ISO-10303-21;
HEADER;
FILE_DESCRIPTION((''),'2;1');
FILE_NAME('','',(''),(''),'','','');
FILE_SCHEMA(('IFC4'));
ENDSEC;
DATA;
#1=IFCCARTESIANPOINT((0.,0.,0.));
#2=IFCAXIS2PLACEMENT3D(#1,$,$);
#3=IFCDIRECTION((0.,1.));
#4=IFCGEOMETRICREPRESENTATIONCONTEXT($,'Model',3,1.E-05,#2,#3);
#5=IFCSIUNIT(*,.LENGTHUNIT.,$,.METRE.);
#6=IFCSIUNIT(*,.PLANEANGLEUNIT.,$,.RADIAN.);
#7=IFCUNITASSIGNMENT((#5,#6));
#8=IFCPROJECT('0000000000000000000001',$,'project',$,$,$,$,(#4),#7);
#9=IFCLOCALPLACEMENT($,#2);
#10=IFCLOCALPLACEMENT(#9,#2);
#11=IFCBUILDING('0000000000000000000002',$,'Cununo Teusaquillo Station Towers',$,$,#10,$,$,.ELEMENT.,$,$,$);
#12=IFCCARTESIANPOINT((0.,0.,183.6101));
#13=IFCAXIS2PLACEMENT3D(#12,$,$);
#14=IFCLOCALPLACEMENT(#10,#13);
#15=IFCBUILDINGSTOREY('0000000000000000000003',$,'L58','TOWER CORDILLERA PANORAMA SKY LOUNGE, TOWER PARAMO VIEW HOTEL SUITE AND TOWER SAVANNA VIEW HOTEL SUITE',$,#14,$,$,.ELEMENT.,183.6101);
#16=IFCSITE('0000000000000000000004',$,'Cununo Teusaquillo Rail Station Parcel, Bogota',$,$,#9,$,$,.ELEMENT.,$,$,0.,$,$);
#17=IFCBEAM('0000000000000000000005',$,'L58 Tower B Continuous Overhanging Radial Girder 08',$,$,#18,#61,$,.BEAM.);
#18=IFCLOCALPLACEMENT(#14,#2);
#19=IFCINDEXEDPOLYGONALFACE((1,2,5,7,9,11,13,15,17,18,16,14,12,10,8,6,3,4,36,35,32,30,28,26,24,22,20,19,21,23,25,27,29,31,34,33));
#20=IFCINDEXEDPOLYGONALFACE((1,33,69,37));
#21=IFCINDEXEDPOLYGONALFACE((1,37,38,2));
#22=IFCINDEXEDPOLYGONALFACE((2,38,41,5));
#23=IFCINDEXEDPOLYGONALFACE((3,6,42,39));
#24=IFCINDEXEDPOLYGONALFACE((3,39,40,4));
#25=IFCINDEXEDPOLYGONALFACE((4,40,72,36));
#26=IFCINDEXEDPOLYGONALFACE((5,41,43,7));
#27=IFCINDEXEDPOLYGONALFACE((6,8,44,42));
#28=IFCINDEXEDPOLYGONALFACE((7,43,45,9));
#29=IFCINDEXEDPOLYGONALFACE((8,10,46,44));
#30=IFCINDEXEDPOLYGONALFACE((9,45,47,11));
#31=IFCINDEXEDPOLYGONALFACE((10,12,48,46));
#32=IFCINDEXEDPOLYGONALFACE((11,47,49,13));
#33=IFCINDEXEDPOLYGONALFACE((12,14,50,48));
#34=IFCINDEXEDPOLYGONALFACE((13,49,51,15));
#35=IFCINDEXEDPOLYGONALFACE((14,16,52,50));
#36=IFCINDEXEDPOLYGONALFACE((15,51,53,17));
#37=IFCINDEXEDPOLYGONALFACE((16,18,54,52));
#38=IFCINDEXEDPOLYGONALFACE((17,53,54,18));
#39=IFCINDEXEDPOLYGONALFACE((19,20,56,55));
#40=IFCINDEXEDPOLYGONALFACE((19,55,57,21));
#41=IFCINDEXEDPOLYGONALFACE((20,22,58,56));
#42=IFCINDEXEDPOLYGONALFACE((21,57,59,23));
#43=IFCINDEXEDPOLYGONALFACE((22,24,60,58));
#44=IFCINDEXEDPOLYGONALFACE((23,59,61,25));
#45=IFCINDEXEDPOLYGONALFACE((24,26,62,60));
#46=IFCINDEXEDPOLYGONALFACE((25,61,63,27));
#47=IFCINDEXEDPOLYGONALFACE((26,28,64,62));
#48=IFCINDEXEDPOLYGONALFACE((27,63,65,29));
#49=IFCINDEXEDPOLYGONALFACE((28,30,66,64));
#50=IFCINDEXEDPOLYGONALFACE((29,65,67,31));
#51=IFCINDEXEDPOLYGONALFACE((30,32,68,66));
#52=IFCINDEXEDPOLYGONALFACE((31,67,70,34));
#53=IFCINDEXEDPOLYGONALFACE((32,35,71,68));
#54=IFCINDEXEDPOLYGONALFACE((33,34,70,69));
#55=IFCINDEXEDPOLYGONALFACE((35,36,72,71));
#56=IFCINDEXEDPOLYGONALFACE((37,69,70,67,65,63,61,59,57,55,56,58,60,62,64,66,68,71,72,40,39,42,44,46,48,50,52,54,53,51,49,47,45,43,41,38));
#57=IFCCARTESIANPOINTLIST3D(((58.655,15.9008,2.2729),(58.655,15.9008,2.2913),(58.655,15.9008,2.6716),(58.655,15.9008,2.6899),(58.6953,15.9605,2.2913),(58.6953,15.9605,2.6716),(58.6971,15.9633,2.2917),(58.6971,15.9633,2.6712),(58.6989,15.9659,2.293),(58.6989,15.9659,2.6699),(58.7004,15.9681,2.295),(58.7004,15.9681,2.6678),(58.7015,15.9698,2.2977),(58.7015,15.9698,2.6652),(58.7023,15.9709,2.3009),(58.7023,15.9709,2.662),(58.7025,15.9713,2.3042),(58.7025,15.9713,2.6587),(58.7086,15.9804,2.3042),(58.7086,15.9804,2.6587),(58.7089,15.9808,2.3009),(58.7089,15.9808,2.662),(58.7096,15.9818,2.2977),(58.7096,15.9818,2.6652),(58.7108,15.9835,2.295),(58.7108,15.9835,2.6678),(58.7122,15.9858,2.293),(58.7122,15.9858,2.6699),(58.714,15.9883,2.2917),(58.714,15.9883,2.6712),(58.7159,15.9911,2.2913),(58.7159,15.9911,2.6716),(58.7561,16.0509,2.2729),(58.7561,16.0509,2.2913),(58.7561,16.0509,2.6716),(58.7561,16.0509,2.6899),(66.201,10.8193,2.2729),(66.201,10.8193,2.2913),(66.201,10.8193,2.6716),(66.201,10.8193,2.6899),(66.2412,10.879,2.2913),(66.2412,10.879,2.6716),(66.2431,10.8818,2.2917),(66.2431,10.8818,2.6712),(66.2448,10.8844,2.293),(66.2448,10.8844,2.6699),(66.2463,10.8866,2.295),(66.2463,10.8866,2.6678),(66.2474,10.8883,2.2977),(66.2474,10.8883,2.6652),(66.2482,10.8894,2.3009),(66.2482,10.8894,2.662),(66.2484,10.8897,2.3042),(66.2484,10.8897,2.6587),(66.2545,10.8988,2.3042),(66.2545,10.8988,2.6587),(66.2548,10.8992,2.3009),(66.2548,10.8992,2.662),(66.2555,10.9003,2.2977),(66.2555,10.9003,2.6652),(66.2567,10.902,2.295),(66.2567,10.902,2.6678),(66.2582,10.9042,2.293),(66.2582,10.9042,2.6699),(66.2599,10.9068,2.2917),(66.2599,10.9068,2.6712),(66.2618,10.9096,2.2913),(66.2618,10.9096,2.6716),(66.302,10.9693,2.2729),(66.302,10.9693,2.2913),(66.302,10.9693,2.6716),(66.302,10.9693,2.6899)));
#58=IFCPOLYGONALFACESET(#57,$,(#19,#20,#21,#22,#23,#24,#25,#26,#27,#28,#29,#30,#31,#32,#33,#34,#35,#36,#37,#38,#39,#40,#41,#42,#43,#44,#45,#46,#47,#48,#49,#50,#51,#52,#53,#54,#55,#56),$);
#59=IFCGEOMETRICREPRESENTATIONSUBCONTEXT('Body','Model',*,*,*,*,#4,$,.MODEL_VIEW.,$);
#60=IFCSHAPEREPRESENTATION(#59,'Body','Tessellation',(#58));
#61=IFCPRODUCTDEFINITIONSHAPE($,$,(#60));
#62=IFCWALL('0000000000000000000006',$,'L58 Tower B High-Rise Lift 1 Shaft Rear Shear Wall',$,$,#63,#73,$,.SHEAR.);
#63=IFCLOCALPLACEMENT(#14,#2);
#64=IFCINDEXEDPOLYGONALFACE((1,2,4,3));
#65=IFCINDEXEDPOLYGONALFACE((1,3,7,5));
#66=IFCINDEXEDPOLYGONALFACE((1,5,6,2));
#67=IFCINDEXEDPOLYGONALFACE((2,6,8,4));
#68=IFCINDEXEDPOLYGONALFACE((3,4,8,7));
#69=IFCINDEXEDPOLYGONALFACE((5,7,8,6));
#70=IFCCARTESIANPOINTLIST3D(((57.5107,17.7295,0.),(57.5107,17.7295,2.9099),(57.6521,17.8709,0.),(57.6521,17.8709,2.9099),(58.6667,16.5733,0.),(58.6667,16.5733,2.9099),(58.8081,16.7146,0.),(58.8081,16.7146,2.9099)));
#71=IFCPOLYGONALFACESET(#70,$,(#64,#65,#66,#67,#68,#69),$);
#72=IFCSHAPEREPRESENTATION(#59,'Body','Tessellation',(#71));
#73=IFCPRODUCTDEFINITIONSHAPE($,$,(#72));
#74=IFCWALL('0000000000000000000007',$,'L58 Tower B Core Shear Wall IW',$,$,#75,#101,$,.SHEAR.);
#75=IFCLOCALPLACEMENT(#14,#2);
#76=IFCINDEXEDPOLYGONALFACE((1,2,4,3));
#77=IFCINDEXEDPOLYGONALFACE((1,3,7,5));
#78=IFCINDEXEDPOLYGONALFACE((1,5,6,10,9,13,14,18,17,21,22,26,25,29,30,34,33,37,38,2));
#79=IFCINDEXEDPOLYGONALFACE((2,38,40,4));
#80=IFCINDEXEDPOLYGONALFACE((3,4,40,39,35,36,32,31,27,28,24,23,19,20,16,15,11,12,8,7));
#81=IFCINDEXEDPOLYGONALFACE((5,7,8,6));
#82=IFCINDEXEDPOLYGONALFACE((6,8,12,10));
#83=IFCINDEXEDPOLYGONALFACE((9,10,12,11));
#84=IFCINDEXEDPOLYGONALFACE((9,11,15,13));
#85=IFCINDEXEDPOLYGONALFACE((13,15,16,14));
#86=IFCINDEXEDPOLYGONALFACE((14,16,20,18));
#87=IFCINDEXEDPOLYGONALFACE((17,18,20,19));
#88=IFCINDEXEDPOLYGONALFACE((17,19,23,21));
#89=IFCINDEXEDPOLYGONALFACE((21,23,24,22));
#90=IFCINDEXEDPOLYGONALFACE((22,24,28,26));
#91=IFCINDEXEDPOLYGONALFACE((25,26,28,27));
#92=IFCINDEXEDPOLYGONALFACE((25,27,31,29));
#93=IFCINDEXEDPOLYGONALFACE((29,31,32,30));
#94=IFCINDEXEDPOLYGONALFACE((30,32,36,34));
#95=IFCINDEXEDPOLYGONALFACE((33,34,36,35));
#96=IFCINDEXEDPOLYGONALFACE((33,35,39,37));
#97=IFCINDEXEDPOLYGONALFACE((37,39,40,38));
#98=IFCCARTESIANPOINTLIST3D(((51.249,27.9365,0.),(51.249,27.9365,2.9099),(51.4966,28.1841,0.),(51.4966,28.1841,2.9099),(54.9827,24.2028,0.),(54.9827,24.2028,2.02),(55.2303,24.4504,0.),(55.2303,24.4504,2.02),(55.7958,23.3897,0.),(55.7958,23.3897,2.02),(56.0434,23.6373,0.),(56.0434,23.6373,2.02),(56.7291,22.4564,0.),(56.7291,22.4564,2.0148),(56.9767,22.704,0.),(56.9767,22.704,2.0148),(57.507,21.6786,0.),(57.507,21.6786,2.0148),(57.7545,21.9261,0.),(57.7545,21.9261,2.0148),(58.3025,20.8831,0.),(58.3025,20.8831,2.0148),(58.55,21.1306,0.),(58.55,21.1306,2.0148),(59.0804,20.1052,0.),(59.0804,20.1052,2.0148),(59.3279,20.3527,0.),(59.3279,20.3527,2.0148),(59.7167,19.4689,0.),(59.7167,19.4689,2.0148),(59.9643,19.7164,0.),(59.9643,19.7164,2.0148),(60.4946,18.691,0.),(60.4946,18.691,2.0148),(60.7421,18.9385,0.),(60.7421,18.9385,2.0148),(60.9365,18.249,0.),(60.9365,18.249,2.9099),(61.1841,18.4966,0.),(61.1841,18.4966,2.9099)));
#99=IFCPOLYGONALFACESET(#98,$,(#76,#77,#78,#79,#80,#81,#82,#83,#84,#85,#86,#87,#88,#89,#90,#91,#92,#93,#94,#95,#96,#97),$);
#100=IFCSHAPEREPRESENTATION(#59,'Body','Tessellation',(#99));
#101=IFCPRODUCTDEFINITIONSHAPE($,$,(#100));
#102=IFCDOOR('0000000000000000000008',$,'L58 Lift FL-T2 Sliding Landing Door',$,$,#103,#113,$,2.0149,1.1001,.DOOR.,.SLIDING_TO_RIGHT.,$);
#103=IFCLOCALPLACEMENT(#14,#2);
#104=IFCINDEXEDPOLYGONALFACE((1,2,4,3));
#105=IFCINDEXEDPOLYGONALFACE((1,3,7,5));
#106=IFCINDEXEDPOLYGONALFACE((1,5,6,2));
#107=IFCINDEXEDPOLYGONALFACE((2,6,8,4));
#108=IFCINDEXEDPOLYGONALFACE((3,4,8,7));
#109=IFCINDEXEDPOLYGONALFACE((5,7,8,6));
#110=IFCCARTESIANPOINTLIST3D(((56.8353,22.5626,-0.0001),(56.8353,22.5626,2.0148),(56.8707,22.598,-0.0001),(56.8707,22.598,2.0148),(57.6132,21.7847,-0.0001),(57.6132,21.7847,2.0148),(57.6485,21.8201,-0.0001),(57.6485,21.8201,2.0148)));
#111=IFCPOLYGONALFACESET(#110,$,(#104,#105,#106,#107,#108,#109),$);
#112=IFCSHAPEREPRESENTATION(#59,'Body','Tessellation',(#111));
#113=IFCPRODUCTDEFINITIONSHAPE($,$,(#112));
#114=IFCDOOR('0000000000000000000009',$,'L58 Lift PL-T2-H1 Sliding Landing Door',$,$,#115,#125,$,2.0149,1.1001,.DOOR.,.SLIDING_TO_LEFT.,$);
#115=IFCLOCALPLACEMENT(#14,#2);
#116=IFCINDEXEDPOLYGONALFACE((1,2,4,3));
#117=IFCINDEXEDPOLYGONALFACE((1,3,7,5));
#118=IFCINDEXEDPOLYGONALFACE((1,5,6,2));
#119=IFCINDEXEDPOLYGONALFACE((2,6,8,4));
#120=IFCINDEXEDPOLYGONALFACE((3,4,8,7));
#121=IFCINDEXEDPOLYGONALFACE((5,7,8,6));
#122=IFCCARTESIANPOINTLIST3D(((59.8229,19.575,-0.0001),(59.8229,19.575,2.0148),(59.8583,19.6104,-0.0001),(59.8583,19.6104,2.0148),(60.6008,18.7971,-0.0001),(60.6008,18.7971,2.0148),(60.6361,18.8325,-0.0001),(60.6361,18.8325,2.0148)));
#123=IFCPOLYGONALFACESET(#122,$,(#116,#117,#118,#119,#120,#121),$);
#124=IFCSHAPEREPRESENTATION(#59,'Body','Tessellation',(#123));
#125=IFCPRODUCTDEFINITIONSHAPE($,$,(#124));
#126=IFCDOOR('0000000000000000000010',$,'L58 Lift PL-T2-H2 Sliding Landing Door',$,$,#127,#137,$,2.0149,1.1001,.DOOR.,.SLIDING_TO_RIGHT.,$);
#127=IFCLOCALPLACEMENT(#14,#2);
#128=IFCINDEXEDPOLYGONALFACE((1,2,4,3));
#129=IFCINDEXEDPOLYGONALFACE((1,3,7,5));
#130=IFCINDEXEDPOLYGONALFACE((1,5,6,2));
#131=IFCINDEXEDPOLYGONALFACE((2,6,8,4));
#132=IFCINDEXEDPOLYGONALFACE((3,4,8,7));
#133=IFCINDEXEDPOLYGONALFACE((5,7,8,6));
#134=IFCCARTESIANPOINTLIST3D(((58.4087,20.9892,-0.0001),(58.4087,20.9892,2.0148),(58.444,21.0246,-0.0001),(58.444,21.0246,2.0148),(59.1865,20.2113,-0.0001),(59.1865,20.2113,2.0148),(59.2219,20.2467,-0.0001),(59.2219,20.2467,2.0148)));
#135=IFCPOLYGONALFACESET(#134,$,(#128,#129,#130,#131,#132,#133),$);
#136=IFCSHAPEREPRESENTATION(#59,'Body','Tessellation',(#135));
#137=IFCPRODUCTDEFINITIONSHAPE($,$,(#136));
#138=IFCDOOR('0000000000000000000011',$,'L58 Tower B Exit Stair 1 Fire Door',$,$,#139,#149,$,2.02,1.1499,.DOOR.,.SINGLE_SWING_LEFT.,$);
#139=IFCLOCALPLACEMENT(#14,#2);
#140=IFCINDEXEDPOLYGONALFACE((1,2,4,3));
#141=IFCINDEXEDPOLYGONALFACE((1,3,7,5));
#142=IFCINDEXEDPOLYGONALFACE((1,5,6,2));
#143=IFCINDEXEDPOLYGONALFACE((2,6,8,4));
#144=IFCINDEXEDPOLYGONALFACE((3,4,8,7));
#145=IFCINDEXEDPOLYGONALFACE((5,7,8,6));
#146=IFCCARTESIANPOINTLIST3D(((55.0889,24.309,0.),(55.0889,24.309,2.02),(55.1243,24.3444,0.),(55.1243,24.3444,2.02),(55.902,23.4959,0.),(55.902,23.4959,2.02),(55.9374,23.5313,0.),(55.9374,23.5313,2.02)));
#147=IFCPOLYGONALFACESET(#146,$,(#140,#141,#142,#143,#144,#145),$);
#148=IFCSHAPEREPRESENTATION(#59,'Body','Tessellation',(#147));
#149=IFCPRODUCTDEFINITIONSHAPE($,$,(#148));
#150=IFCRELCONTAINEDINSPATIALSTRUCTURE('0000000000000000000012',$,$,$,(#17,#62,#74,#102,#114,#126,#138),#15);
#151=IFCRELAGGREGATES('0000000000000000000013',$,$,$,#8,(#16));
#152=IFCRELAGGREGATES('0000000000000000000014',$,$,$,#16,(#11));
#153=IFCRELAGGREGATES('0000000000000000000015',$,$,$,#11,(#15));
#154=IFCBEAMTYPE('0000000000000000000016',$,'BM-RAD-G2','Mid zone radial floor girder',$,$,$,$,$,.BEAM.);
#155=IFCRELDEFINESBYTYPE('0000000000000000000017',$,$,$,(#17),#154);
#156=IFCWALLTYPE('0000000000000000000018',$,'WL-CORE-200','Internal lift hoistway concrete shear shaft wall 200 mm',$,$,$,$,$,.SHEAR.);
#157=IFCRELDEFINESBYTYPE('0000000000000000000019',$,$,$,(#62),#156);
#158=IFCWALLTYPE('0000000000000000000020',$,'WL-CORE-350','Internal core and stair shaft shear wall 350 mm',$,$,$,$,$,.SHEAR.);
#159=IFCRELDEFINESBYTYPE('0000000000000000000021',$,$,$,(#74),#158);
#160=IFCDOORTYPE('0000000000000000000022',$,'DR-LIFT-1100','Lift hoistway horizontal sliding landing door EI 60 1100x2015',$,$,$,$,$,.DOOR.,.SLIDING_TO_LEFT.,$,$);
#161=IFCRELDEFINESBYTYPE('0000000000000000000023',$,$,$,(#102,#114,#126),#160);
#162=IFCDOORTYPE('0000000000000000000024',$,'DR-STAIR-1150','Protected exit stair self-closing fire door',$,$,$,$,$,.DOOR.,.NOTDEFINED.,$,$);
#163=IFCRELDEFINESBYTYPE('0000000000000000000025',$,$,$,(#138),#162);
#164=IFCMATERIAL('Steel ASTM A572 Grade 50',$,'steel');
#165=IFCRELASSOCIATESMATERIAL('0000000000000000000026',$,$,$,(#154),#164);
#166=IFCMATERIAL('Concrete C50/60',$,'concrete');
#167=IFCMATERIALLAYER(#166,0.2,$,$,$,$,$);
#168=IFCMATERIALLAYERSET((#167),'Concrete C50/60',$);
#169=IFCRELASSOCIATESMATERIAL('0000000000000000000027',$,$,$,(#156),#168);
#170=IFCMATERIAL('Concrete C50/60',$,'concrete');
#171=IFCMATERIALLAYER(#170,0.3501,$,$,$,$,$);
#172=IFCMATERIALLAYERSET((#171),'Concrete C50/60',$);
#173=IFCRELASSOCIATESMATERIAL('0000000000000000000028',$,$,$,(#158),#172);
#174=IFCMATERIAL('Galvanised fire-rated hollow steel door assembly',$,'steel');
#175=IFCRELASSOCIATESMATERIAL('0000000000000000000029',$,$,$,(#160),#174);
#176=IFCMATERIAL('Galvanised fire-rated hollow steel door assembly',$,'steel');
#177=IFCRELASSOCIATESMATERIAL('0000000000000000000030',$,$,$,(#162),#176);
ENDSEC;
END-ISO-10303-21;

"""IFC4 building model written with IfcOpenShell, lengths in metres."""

from ifc_helpers import new_model, si_unit, direction, frame, frame_2d, origin, origin_2d, place, context, subcontext, project, spatial, rectangle, i_section, extrude, source, transform, mapped, material, layer, layer_set, material_profile, profile_set, type_object, element, fill, save


model = new_model("IFC4")

# Units and contexts
model_context = context("Model", 3, precision=1e-05, world=origin(), true_north=direction((0.0, 1.0)))
body_context = subcontext(model_context, "Body", "Model", "MODEL_VIEW")
ifc_project = project(units=[si_unit("LENGTHUNIT", "METRE"), si_unit("PLANEANGLEUNIT", "RADIAN")], contexts=[model_context])

# Site, building, storey
site_placement = place(None, origin())
site = spatial("IfcSite", under=ifc_project, at=site_placement, Name="Cununo Teusaquillo Rail Station Parcel, Bogota", CompositionType="ELEMENT", RefElevation=0.0)
building_placement = place(site_placement, origin())
building = spatial("IfcBuilding", under=site, at=building_placement, Name="Cununo Teusaquillo Station Towers", CompositionType="ELEMENT")
storey_placement = place(building_placement, frame((0.0, 0.0, 183.6101)))
storey = spatial("IfcBuildingStorey", under=building, at=storey_placement, Name="L58", Description="TOWER CORDILLERA PANORAMA SKY LOUNGE, TOWER PARAMO VIEW HOTEL SUITE AND TOWER SAVANNA VIEW HOTEL SUITE", CompositionType="ELEMENT", Elevation=183.6101)

# Beam
ifc_material_1 = material(Name="Steel ASTM A572 Grade 50", Category="steel")
ifc_material_profile_1 = material_profile(ifc_material_1, i_section(OverallWidth=0.1809, OverallDepth=0.417, WebThickness=0.011, FlangeThickness=0.0183, FilletRadius=0.0129, at=origin_2d()), Name="W16X57")
ifc_profile_set_1 = profile_set([ifc_material_profile_1], Name="Steel ASTM A572 Grade 50")
beam_type_1 = type_object("IfcBeamType", Name="BM-RAD-G2", Description="Mid zone radial floor girder", PredefinedType="BEAM", material=ifc_profile_set_1)
beam_1_placement = place(storey_placement, frame((58.7056, 15.9758, 2.4814), z_axis=(0.829457, -0.558571, 0.0), x_axis=(0.558571, 0.829457, 0.0)))
element("IfcBeam", 1, at=beam_1_placement, inside=storey, type_object=beam_type_1, Name="L58 Tower B Continuous Overhanging Radial Girder 08", PredefinedType="BEAM", context=body_context, shape_type="SweptSolid", body=[
    extrude(i_section(OverallWidth=0.1809, OverallDepth=0.417, WebThickness=0.011, FlangeThickness=0.0183, FilletRadius=0.0129, at=origin_2d()), origin(), (0.0, 0.0, 1.0), 9.0974),
])

# Wall
ifc_material_2 = material(Name="Concrete C50/60", Category="concrete")
ifc_layer_1 = layer(ifc_material_2, 0.2)
ifc_layer_set_1 = layer_set([ifc_layer_1], Name="Concrete C50/60")
wall_type_1 = type_object("IfcWallType", Name="WL-CORE-200", Description="Internal lift hoistway concrete shear shaft wall 200 mm", PredefinedType="SHEAR", material=ifc_layer_set_1)
wall_1_placement = place(storey_placement, frame((58.7373, 16.644, 0.0), z_axis=(0.0, 0.0, 1.0), x_axis=(-0.707032, 0.707181, 0.0)))
element("IfcWall", 2, at=wall_1_placement, inside=storey, type_object=wall_type_1, Name="L58 Tower B High-Rise Lift 1 Shaft Rear Shear Wall", PredefinedType="SHEAR", context=body_context, shape_type="SweptSolid", body=[
    extrude(rectangle(XDim=1.635, YDim=0.2, at=frame_2d((0.8174, 0.0))), origin(), (0.0, 0.0, 1.0), 2.9099),
])

# Wall, openings, doors
ifc_material_3 = material(Name="Concrete C50/60", Category="concrete")
ifc_layer_2 = layer(ifc_material_3, 0.3501)
ifc_layer_set_2 = layer_set([ifc_layer_2], Name="Concrete C50/60")
wall_type_2 = type_object("IfcWallType", Name="WL-CORE-350", Description="Internal core and stair shaft shear wall 350 mm", PredefinedType="SHEAR", material=ifc_layer_set_2)
wall_2_placement = place(storey_placement, frame((61.0603, 18.3728, 0.0), z_axis=(0.0, 0.0, 1.0), x_axis=(-0.707107, 0.707107, 0.0)))
wall_2 = element("IfcWall", 3, at=wall_2_placement, inside=storey, type_object=wall_type_2, Name="L58 Tower B Core Shear Wall IW", PredefinedType="SHEAR", context=body_context, shape_type="SweptSolid", body=[
    extrude(rectangle(XDim=13.7002, YDim=0.3501, at=frame_2d((6.8501, 0.0))), origin(), (0.0, 0.0, 1.0), 2.9099),
])
shared_shape_1 = source(origin(), body_context, "Body", "SweptSolid", [
    extrude(rectangle(XDim=1.1001, YDim=2.0149, at=frame_2d((0.55, 1.0073))), frame((0.0, 0.1851, 0.0), z_axis=(0.0, -1.0, 0.0), x_axis=(1.0, 0.0, 0.0)), (0.0, 0.0, 1.0), 0.3701),
])
opening_1_placement = place(wall_2_placement, frame((4.8501, 0.0, 0.0)))
opening_1 = element("IfcOpeningElement", 4, at=opening_1_placement, cuts=wall_2, PredefinedType="OPENING", context=body_context, shape_type="MappedRepresentation", body=[
    mapped(shared_shape_1, transform((0.0, 0.0, 0.0), x_axis=(1.0, 0.0, 0.0), y_axis=(0.0, 1.0, 0.0), z_axis=(0.0, 0.0, 1.0), scale=1.0)),
])
opening_2_placement = place(wall_2_placement, frame((0.625, 0.0, 0.0)))
opening_2 = element("IfcOpeningElement", 5, at=opening_2_placement, cuts=wall_2, PredefinedType="OPENING", context=body_context, shape_type="MappedRepresentation", body=[
    mapped(shared_shape_1, transform((0.0, 0.0, 0.0), x_axis=(1.0, 0.0, 0.0), y_axis=(0.0, 1.0, 0.0), z_axis=(0.0, 0.0, 1.0), scale=1.0)),
])
opening_3_placement = place(wall_2_placement, frame((2.625, 0.0, 0.0)))
opening_3 = element("IfcOpeningElement", 6, at=opening_3_placement, cuts=wall_2, PredefinedType="OPENING", context=body_context, shape_type="MappedRepresentation", body=[
    mapped(shared_shape_1, transform((0.0, 0.0, 0.0), x_axis=(1.0, 0.0, 0.0), y_axis=(0.0, 1.0, 0.0), z_axis=(0.0, 0.0, 1.0), scale=1.0)),
])
shared_shape_2 = source(origin(), body_context, "Body", "SweptSolid", [
    extrude(rectangle(XDim=1.1499, YDim=2.02, at=frame_2d((0.575, 1.01))), frame((0.0, 0.1851, 0.0), z_axis=(0.0, -1.0, 0.0), x_axis=(1.0, 0.0, 0.0)), (0.0, 0.0, 1.0), 0.3701),
])
opening_4_placement = place(wall_2_placement, frame((7.27, 0.0, 0.0)))
opening_4 = element("IfcOpeningElement", 7, at=opening_4_placement, cuts=wall_2, PredefinedType="OPENING", context=body_context, shape_type="MappedRepresentation", body=[
    mapped(shared_shape_2, transform((0.0, 0.0, 0.0), x_axis=(1.0, 0.0, 0.0), y_axis=(0.0, 1.0, 0.0), z_axis=(0.0, 0.0, 1.0), scale=1.0)),
])
ifc_material_4 = material(Name="Galvanised fire-rated hollow steel door assembly", Category="steel")
door_type_1 = type_object("IfcDoorType", Name="DR-LIFT-1100", Description="Lift hoistway horizontal sliding landing door EI 60 1100x2015", OperationType="SLIDING_TO_LEFT", PredefinedType="DOOR", material=ifc_material_4)
shared_shape_3 = source(origin(), body_context, "Body", "SweptSolid", [
    extrude(rectangle(XDim=1.1001, YDim=2.0149, at=frame_2d((0.55, 1.0073))), frame((0.0, 0.0249, 0.0), z_axis=(0.0, -1.0, 0.0), x_axis=(1.0, 0.0, 0.0)), (0.0, 0.0, 1.0), 0.05),
])
door_1_placement = place(opening_1_placement, origin())
door_1 = element("IfcDoor", 8, at=door_1_placement, inside=storey, type_object=door_type_1, Name="L58 Lift FL-T2 Sliding Landing Door", OperationType="SLIDING_TO_RIGHT", OverallHeight=2.0149, OverallWidth=1.1001, PredefinedType="DOOR", context=body_context, shape_type="MappedRepresentation", body=[
    mapped(shared_shape_3, transform((0.0, 0.0, 0.0), x_axis=(1.0, 0.0, 0.0), y_axis=(0.0, 1.0, 0.0), z_axis=(0.0, 0.0, 1.0), scale=1.0)),
])
fill(opening_1, door_1)
door_2_placement = place(opening_2_placement, origin())
door_2 = element("IfcDoor", 9, at=door_2_placement, inside=storey, type_object=door_type_1, Name="L58 Lift PL-T2-H1 Sliding Landing Door", OperationType="SLIDING_TO_LEFT", OverallHeight=2.0149, OverallWidth=1.1001, PredefinedType="DOOR", context=body_context, shape_type="MappedRepresentation", body=[
    mapped(shared_shape_3, transform((0.0, 0.0, 0.0), x_axis=(1.0, 0.0, 0.0), y_axis=(0.0, 1.0, 0.0), z_axis=(0.0, 0.0, 1.0), scale=1.0)),
])
fill(opening_2, door_2)
door_3_placement = place(opening_3_placement, origin())
door_3 = element("IfcDoor", 10, at=door_3_placement, inside=storey, type_object=door_type_1, Name="L58 Lift PL-T2-H2 Sliding Landing Door", OperationType="SLIDING_TO_RIGHT", OverallHeight=2.0149, OverallWidth=1.1001, PredefinedType="DOOR", context=body_context, shape_type="MappedRepresentation", body=[
    mapped(shared_shape_3, transform((0.0, 0.0, 0.0), x_axis=(1.0, 0.0, 0.0), y_axis=(0.0, 1.0, 0.0), z_axis=(0.0, 0.0, 1.0), scale=1.0)),
])
fill(opening_3, door_3)
ifc_material_5 = material(Name="Galvanised fire-rated hollow steel door assembly", Category="steel")
door_type_2 = type_object("IfcDoorType", Name="DR-STAIR-1150", Description="Protected exit stair self-closing fire door", OperationType="NOTDEFINED", PredefinedType="DOOR", material=ifc_material_5)
shared_shape_4 = source(origin(), body_context, "Body", "SweptSolid", [
    extrude(rectangle(XDim=1.1499, YDim=2.02, at=frame_2d((0.575, 1.01))), frame((0.0, 0.0249, 0.0), z_axis=(0.0, -1.0, 0.0), x_axis=(1.0, 0.0, 0.0)), (0.0, 0.0, 1.0), 0.05),
])
door_4_placement = place(opening_4_placement, origin())
door_4 = element("IfcDoor", 11, at=door_4_placement, inside=storey, type_object=door_type_2, Name="L58 Tower B Exit Stair 1 Fire Door", OperationType="SINGLE_SWING_LEFT", OverallHeight=2.02, OverallWidth=1.1499, PredefinedType="DOOR", context=body_context, shape_type="MappedRepresentation", body=[
    mapped(shared_shape_4, transform((0.0, 0.0, 0.0), x_axis=(1.0, 0.0, 0.0), y_axis=(0.0, 1.0, 0.0), z_axis=(0.0, 0.0, 1.0), scale=1.0)),
])
fill(opening_4, door_4)

save(model, "model.ifc")
